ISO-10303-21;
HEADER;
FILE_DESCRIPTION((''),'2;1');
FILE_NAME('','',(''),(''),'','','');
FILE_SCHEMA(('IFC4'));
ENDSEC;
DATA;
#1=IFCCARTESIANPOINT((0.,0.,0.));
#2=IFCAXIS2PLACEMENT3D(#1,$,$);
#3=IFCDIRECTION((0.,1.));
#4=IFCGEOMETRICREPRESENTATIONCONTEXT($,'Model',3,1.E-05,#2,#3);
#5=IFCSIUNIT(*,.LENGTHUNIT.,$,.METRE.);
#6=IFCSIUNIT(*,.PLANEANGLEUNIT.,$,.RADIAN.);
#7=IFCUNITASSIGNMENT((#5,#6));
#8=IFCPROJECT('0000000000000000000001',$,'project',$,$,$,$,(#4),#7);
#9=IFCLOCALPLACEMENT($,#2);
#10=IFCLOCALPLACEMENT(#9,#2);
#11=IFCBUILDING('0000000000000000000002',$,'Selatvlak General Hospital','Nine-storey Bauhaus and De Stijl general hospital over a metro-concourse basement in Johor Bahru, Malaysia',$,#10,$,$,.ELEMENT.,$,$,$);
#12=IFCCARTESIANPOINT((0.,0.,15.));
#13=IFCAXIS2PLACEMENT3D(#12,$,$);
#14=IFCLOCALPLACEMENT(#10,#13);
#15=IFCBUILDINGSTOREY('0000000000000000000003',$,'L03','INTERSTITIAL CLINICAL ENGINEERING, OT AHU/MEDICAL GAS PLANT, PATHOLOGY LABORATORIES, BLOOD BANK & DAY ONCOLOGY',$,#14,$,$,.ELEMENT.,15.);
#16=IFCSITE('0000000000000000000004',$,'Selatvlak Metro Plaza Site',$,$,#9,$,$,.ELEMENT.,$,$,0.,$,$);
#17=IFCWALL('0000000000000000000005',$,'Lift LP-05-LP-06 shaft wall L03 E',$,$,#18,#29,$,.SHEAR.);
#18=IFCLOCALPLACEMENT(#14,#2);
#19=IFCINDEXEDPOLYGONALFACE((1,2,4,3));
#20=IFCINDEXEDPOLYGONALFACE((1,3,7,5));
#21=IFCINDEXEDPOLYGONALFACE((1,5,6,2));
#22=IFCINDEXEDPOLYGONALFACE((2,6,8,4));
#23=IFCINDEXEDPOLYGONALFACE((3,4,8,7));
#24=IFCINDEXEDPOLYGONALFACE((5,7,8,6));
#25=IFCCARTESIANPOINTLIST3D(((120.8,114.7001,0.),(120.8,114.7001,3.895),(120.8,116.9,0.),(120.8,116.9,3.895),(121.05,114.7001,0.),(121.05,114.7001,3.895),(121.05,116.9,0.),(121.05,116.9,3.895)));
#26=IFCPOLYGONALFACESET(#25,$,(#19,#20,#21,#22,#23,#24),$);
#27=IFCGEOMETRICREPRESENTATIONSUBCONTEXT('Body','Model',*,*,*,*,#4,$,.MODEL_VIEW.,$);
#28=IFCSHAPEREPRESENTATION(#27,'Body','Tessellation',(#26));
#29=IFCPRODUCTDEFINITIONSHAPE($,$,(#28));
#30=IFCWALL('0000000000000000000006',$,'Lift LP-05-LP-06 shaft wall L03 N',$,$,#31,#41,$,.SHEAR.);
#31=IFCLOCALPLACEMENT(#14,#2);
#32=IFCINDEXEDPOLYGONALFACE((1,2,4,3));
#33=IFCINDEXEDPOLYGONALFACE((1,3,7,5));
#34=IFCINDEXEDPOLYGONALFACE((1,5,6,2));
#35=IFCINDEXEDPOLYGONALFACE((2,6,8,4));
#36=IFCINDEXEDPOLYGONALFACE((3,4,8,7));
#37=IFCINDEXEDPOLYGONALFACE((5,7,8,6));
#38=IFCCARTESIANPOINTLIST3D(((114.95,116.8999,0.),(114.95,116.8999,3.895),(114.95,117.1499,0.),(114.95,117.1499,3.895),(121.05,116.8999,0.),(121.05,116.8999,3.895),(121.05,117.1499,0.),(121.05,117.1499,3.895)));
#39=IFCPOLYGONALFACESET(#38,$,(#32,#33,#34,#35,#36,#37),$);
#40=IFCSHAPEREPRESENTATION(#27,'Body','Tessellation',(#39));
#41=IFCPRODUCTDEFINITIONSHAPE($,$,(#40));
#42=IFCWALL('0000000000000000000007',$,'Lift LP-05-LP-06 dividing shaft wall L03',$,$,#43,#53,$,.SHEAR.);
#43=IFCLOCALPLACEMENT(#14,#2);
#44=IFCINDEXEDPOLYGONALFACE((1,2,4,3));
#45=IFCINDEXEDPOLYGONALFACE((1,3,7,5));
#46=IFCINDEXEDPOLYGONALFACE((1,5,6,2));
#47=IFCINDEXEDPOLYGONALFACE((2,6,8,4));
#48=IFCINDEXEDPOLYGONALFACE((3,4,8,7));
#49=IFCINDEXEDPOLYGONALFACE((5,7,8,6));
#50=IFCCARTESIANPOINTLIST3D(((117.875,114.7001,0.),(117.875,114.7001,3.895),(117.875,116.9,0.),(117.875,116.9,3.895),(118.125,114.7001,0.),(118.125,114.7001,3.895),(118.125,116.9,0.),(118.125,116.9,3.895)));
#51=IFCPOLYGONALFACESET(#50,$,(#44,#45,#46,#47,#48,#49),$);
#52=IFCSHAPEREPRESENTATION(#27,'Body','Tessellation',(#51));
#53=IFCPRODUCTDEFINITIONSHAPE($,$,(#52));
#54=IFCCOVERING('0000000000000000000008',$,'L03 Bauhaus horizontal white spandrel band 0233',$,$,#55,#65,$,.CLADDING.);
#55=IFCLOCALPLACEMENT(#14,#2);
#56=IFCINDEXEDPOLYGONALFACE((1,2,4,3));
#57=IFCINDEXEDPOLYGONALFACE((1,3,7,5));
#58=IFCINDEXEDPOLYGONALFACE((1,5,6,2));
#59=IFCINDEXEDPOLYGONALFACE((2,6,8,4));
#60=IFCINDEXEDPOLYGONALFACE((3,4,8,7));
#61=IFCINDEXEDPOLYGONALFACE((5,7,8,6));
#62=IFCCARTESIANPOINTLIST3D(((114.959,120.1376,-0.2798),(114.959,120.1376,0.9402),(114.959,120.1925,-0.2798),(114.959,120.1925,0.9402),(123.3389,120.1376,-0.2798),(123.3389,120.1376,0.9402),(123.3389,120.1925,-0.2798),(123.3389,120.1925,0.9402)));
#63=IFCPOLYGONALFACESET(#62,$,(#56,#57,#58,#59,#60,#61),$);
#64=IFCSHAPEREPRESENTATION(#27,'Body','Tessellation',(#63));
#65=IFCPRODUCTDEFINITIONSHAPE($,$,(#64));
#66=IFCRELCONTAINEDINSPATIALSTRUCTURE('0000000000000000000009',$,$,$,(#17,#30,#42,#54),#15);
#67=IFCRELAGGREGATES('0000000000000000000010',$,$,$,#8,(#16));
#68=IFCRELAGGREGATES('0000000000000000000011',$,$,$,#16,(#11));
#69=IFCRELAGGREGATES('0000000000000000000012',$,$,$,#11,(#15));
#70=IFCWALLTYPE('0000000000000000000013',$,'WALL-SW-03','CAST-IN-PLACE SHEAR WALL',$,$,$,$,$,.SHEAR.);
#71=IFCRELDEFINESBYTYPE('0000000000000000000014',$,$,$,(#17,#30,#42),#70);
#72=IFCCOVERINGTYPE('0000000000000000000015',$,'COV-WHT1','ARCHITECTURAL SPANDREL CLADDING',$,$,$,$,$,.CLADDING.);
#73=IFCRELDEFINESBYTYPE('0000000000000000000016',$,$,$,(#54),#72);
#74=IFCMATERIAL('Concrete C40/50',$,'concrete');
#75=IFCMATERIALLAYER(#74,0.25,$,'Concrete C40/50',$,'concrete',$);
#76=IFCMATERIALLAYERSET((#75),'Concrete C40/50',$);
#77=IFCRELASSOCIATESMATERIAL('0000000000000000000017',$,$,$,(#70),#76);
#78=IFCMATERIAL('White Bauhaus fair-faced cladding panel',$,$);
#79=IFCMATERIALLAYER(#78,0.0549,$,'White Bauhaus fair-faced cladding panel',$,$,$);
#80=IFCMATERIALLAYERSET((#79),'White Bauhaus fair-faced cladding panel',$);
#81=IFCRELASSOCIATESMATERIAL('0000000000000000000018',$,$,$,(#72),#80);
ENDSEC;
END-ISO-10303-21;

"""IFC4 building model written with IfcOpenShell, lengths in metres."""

from ifc_helpers import new_model, si_unit, direction, frame, frame_2d, origin, origin_2d, place, context, subcontext, project, spatial, rectangle, extrude, material, layer, layer_set, type_object, element, save


model = new_model("IFC4")

# Units and contexts
model_context = context("Model", 3, precision=1e-05, world=origin(), true_north=direction((0.0, 1.0)))
body_context = subcontext(model_context, "Body", "Model", "MODEL_VIEW")
ifc_project = project(units=[si_unit("LENGTHUNIT", "METRE"), si_unit("PLANEANGLEUNIT", "RADIAN")], contexts=[model_context])

# Site, building, storey
site_placement = place(None, origin())
site = spatial("IfcSite", under=ifc_project, at=site_placement, Name="Selatvlak Metro Plaza Site", CompositionType="ELEMENT", RefElevation=0.0)
building_placement = place(site_placement, origin())
building = spatial("IfcBuilding", under=site, at=building_placement, Name="Selatvlak General Hospital", Description="Nine-storey Bauhaus and De Stijl general hospital over a metro-concourse basement in Johor Bahru, Malaysia", CompositionType="ELEMENT")
storey_placement = place(building_placement, frame((0.0, 0.0, 15.0)))
storey = spatial("IfcBuildingStorey", under=building, at=storey_placement, Name="L03", Description="INTERSTITIAL CLINICAL ENGINEERING, OT AHU/MEDICAL GAS PLANT, PATHOLOGY LABORATORIES, BLOOD BANK & DAY ONCOLOGY", CompositionType="ELEMENT", Elevation=15.0)

# Shared definitions
ifc_material_1 = material(Name="Concrete C40/50", Category="concrete")

# Walls
ifc_layer_1 = layer(ifc_material_1, 0.25, Name="Concrete C40/50", Category="concrete")
ifc_layer_set_1 = layer_set([ifc_layer_1], Name="Concrete C40/50")
wall_type_1 = type_object("IfcWallType", Name="WALL-SW-03", Description="CAST-IN-PLACE SHEAR WALL", PredefinedType="SHEAR", material=ifc_layer_set_1)
wall_1_placement = place(storey_placement, frame((120.925, 114.7, 0.0), z_axis=(0.0, 0.0, 1.0), x_axis=(0.0, 1.0, 0.0)))
element("IfcWall", 1, at=wall_1_placement, inside=storey, type_object=wall_type_1, Name="Lift LP-05-LP-06 shaft wall L03 E", PredefinedType="SHEAR", context=body_context, shape_type="SweptSolid", body=[
    extrude(rectangle(XDim=2.2, YDim=0.25, at=frame_2d((1.1001, 0.0))), origin(), (0.0, 0.0, 1.0), 3.895),
])
wall_2_placement = place(storey_placement, frame((121.05, 117.0249, 0.0), z_axis=(0.0, 0.0, 1.0), x_axis=(-1.0, 0.0, 0.0)))
element("IfcWall", 2, at=wall_2_placement, inside=storey, type_object=wall_type_1, Name="Lift LP-05-LP-06 shaft wall L03 N", PredefinedType="SHEAR", context=body_context, shape_type="SweptSolid", body=[
    extrude(rectangle(XDim=6.1001, YDim=0.25, at=frame_2d((3.05, 0.0))), origin(), (0.0, 0.0, 1.0), 3.895),
])
wall_3_placement = place(storey_placement, frame((118.0, 114.7, 0.0), z_axis=(0.0, 0.0, 1.0), x_axis=(0.0, 1.0, 0.0)))
element("IfcWall", 3, at=wall_3_placement, inside=storey, type_object=wall_type_1, Name="Lift LP-05-LP-06 dividing shaft wall L03", PredefinedType="SHEAR", context=body_context, shape_type="SweptSolid", body=[
    extrude(rectangle(XDim=2.2, YDim=0.25, at=frame_2d((1.1001, 0.0))), origin(), (0.0, 0.0, 1.0), 3.895),
])

# Covering
ifc_material_2 = material(Name="White Bauhaus fair-faced cladding panel")
ifc_layer_2 = layer(ifc_material_2, 0.0549, Name="White Bauhaus fair-faced cladding panel")
ifc_layer_set_2 = layer_set([ifc_layer_2], Name="White Bauhaus fair-faced cladding panel")
covering_type = type_object("IfcCoveringType", Name="COV-WHT1", Description="ARCHITECTURAL SPANDREL CLADDING", PredefinedType="CLADDING", material=ifc_layer_set_2)
covering_placement = place(storey_placement, frame((119.1489, 120.165, -0.2798), z_axis=(0.0, 0.0, 1.0), x_axis=(1.0, 0.0, 0.0)))
element("IfcCovering", 4, at=covering_placement, inside=storey, type_object=covering_type, Name="L03 Bauhaus horizontal white spandrel band 0233", PredefinedType="CLADDING", context=body_context, shape_type="SweptSolid", body=[
    extrude(rectangle(XDim=8.3799, YDim=0.0549, at=origin_2d()), origin(), (0.0, 0.0, 1.0), 1.22),
])

save(model, "model.ifc")
